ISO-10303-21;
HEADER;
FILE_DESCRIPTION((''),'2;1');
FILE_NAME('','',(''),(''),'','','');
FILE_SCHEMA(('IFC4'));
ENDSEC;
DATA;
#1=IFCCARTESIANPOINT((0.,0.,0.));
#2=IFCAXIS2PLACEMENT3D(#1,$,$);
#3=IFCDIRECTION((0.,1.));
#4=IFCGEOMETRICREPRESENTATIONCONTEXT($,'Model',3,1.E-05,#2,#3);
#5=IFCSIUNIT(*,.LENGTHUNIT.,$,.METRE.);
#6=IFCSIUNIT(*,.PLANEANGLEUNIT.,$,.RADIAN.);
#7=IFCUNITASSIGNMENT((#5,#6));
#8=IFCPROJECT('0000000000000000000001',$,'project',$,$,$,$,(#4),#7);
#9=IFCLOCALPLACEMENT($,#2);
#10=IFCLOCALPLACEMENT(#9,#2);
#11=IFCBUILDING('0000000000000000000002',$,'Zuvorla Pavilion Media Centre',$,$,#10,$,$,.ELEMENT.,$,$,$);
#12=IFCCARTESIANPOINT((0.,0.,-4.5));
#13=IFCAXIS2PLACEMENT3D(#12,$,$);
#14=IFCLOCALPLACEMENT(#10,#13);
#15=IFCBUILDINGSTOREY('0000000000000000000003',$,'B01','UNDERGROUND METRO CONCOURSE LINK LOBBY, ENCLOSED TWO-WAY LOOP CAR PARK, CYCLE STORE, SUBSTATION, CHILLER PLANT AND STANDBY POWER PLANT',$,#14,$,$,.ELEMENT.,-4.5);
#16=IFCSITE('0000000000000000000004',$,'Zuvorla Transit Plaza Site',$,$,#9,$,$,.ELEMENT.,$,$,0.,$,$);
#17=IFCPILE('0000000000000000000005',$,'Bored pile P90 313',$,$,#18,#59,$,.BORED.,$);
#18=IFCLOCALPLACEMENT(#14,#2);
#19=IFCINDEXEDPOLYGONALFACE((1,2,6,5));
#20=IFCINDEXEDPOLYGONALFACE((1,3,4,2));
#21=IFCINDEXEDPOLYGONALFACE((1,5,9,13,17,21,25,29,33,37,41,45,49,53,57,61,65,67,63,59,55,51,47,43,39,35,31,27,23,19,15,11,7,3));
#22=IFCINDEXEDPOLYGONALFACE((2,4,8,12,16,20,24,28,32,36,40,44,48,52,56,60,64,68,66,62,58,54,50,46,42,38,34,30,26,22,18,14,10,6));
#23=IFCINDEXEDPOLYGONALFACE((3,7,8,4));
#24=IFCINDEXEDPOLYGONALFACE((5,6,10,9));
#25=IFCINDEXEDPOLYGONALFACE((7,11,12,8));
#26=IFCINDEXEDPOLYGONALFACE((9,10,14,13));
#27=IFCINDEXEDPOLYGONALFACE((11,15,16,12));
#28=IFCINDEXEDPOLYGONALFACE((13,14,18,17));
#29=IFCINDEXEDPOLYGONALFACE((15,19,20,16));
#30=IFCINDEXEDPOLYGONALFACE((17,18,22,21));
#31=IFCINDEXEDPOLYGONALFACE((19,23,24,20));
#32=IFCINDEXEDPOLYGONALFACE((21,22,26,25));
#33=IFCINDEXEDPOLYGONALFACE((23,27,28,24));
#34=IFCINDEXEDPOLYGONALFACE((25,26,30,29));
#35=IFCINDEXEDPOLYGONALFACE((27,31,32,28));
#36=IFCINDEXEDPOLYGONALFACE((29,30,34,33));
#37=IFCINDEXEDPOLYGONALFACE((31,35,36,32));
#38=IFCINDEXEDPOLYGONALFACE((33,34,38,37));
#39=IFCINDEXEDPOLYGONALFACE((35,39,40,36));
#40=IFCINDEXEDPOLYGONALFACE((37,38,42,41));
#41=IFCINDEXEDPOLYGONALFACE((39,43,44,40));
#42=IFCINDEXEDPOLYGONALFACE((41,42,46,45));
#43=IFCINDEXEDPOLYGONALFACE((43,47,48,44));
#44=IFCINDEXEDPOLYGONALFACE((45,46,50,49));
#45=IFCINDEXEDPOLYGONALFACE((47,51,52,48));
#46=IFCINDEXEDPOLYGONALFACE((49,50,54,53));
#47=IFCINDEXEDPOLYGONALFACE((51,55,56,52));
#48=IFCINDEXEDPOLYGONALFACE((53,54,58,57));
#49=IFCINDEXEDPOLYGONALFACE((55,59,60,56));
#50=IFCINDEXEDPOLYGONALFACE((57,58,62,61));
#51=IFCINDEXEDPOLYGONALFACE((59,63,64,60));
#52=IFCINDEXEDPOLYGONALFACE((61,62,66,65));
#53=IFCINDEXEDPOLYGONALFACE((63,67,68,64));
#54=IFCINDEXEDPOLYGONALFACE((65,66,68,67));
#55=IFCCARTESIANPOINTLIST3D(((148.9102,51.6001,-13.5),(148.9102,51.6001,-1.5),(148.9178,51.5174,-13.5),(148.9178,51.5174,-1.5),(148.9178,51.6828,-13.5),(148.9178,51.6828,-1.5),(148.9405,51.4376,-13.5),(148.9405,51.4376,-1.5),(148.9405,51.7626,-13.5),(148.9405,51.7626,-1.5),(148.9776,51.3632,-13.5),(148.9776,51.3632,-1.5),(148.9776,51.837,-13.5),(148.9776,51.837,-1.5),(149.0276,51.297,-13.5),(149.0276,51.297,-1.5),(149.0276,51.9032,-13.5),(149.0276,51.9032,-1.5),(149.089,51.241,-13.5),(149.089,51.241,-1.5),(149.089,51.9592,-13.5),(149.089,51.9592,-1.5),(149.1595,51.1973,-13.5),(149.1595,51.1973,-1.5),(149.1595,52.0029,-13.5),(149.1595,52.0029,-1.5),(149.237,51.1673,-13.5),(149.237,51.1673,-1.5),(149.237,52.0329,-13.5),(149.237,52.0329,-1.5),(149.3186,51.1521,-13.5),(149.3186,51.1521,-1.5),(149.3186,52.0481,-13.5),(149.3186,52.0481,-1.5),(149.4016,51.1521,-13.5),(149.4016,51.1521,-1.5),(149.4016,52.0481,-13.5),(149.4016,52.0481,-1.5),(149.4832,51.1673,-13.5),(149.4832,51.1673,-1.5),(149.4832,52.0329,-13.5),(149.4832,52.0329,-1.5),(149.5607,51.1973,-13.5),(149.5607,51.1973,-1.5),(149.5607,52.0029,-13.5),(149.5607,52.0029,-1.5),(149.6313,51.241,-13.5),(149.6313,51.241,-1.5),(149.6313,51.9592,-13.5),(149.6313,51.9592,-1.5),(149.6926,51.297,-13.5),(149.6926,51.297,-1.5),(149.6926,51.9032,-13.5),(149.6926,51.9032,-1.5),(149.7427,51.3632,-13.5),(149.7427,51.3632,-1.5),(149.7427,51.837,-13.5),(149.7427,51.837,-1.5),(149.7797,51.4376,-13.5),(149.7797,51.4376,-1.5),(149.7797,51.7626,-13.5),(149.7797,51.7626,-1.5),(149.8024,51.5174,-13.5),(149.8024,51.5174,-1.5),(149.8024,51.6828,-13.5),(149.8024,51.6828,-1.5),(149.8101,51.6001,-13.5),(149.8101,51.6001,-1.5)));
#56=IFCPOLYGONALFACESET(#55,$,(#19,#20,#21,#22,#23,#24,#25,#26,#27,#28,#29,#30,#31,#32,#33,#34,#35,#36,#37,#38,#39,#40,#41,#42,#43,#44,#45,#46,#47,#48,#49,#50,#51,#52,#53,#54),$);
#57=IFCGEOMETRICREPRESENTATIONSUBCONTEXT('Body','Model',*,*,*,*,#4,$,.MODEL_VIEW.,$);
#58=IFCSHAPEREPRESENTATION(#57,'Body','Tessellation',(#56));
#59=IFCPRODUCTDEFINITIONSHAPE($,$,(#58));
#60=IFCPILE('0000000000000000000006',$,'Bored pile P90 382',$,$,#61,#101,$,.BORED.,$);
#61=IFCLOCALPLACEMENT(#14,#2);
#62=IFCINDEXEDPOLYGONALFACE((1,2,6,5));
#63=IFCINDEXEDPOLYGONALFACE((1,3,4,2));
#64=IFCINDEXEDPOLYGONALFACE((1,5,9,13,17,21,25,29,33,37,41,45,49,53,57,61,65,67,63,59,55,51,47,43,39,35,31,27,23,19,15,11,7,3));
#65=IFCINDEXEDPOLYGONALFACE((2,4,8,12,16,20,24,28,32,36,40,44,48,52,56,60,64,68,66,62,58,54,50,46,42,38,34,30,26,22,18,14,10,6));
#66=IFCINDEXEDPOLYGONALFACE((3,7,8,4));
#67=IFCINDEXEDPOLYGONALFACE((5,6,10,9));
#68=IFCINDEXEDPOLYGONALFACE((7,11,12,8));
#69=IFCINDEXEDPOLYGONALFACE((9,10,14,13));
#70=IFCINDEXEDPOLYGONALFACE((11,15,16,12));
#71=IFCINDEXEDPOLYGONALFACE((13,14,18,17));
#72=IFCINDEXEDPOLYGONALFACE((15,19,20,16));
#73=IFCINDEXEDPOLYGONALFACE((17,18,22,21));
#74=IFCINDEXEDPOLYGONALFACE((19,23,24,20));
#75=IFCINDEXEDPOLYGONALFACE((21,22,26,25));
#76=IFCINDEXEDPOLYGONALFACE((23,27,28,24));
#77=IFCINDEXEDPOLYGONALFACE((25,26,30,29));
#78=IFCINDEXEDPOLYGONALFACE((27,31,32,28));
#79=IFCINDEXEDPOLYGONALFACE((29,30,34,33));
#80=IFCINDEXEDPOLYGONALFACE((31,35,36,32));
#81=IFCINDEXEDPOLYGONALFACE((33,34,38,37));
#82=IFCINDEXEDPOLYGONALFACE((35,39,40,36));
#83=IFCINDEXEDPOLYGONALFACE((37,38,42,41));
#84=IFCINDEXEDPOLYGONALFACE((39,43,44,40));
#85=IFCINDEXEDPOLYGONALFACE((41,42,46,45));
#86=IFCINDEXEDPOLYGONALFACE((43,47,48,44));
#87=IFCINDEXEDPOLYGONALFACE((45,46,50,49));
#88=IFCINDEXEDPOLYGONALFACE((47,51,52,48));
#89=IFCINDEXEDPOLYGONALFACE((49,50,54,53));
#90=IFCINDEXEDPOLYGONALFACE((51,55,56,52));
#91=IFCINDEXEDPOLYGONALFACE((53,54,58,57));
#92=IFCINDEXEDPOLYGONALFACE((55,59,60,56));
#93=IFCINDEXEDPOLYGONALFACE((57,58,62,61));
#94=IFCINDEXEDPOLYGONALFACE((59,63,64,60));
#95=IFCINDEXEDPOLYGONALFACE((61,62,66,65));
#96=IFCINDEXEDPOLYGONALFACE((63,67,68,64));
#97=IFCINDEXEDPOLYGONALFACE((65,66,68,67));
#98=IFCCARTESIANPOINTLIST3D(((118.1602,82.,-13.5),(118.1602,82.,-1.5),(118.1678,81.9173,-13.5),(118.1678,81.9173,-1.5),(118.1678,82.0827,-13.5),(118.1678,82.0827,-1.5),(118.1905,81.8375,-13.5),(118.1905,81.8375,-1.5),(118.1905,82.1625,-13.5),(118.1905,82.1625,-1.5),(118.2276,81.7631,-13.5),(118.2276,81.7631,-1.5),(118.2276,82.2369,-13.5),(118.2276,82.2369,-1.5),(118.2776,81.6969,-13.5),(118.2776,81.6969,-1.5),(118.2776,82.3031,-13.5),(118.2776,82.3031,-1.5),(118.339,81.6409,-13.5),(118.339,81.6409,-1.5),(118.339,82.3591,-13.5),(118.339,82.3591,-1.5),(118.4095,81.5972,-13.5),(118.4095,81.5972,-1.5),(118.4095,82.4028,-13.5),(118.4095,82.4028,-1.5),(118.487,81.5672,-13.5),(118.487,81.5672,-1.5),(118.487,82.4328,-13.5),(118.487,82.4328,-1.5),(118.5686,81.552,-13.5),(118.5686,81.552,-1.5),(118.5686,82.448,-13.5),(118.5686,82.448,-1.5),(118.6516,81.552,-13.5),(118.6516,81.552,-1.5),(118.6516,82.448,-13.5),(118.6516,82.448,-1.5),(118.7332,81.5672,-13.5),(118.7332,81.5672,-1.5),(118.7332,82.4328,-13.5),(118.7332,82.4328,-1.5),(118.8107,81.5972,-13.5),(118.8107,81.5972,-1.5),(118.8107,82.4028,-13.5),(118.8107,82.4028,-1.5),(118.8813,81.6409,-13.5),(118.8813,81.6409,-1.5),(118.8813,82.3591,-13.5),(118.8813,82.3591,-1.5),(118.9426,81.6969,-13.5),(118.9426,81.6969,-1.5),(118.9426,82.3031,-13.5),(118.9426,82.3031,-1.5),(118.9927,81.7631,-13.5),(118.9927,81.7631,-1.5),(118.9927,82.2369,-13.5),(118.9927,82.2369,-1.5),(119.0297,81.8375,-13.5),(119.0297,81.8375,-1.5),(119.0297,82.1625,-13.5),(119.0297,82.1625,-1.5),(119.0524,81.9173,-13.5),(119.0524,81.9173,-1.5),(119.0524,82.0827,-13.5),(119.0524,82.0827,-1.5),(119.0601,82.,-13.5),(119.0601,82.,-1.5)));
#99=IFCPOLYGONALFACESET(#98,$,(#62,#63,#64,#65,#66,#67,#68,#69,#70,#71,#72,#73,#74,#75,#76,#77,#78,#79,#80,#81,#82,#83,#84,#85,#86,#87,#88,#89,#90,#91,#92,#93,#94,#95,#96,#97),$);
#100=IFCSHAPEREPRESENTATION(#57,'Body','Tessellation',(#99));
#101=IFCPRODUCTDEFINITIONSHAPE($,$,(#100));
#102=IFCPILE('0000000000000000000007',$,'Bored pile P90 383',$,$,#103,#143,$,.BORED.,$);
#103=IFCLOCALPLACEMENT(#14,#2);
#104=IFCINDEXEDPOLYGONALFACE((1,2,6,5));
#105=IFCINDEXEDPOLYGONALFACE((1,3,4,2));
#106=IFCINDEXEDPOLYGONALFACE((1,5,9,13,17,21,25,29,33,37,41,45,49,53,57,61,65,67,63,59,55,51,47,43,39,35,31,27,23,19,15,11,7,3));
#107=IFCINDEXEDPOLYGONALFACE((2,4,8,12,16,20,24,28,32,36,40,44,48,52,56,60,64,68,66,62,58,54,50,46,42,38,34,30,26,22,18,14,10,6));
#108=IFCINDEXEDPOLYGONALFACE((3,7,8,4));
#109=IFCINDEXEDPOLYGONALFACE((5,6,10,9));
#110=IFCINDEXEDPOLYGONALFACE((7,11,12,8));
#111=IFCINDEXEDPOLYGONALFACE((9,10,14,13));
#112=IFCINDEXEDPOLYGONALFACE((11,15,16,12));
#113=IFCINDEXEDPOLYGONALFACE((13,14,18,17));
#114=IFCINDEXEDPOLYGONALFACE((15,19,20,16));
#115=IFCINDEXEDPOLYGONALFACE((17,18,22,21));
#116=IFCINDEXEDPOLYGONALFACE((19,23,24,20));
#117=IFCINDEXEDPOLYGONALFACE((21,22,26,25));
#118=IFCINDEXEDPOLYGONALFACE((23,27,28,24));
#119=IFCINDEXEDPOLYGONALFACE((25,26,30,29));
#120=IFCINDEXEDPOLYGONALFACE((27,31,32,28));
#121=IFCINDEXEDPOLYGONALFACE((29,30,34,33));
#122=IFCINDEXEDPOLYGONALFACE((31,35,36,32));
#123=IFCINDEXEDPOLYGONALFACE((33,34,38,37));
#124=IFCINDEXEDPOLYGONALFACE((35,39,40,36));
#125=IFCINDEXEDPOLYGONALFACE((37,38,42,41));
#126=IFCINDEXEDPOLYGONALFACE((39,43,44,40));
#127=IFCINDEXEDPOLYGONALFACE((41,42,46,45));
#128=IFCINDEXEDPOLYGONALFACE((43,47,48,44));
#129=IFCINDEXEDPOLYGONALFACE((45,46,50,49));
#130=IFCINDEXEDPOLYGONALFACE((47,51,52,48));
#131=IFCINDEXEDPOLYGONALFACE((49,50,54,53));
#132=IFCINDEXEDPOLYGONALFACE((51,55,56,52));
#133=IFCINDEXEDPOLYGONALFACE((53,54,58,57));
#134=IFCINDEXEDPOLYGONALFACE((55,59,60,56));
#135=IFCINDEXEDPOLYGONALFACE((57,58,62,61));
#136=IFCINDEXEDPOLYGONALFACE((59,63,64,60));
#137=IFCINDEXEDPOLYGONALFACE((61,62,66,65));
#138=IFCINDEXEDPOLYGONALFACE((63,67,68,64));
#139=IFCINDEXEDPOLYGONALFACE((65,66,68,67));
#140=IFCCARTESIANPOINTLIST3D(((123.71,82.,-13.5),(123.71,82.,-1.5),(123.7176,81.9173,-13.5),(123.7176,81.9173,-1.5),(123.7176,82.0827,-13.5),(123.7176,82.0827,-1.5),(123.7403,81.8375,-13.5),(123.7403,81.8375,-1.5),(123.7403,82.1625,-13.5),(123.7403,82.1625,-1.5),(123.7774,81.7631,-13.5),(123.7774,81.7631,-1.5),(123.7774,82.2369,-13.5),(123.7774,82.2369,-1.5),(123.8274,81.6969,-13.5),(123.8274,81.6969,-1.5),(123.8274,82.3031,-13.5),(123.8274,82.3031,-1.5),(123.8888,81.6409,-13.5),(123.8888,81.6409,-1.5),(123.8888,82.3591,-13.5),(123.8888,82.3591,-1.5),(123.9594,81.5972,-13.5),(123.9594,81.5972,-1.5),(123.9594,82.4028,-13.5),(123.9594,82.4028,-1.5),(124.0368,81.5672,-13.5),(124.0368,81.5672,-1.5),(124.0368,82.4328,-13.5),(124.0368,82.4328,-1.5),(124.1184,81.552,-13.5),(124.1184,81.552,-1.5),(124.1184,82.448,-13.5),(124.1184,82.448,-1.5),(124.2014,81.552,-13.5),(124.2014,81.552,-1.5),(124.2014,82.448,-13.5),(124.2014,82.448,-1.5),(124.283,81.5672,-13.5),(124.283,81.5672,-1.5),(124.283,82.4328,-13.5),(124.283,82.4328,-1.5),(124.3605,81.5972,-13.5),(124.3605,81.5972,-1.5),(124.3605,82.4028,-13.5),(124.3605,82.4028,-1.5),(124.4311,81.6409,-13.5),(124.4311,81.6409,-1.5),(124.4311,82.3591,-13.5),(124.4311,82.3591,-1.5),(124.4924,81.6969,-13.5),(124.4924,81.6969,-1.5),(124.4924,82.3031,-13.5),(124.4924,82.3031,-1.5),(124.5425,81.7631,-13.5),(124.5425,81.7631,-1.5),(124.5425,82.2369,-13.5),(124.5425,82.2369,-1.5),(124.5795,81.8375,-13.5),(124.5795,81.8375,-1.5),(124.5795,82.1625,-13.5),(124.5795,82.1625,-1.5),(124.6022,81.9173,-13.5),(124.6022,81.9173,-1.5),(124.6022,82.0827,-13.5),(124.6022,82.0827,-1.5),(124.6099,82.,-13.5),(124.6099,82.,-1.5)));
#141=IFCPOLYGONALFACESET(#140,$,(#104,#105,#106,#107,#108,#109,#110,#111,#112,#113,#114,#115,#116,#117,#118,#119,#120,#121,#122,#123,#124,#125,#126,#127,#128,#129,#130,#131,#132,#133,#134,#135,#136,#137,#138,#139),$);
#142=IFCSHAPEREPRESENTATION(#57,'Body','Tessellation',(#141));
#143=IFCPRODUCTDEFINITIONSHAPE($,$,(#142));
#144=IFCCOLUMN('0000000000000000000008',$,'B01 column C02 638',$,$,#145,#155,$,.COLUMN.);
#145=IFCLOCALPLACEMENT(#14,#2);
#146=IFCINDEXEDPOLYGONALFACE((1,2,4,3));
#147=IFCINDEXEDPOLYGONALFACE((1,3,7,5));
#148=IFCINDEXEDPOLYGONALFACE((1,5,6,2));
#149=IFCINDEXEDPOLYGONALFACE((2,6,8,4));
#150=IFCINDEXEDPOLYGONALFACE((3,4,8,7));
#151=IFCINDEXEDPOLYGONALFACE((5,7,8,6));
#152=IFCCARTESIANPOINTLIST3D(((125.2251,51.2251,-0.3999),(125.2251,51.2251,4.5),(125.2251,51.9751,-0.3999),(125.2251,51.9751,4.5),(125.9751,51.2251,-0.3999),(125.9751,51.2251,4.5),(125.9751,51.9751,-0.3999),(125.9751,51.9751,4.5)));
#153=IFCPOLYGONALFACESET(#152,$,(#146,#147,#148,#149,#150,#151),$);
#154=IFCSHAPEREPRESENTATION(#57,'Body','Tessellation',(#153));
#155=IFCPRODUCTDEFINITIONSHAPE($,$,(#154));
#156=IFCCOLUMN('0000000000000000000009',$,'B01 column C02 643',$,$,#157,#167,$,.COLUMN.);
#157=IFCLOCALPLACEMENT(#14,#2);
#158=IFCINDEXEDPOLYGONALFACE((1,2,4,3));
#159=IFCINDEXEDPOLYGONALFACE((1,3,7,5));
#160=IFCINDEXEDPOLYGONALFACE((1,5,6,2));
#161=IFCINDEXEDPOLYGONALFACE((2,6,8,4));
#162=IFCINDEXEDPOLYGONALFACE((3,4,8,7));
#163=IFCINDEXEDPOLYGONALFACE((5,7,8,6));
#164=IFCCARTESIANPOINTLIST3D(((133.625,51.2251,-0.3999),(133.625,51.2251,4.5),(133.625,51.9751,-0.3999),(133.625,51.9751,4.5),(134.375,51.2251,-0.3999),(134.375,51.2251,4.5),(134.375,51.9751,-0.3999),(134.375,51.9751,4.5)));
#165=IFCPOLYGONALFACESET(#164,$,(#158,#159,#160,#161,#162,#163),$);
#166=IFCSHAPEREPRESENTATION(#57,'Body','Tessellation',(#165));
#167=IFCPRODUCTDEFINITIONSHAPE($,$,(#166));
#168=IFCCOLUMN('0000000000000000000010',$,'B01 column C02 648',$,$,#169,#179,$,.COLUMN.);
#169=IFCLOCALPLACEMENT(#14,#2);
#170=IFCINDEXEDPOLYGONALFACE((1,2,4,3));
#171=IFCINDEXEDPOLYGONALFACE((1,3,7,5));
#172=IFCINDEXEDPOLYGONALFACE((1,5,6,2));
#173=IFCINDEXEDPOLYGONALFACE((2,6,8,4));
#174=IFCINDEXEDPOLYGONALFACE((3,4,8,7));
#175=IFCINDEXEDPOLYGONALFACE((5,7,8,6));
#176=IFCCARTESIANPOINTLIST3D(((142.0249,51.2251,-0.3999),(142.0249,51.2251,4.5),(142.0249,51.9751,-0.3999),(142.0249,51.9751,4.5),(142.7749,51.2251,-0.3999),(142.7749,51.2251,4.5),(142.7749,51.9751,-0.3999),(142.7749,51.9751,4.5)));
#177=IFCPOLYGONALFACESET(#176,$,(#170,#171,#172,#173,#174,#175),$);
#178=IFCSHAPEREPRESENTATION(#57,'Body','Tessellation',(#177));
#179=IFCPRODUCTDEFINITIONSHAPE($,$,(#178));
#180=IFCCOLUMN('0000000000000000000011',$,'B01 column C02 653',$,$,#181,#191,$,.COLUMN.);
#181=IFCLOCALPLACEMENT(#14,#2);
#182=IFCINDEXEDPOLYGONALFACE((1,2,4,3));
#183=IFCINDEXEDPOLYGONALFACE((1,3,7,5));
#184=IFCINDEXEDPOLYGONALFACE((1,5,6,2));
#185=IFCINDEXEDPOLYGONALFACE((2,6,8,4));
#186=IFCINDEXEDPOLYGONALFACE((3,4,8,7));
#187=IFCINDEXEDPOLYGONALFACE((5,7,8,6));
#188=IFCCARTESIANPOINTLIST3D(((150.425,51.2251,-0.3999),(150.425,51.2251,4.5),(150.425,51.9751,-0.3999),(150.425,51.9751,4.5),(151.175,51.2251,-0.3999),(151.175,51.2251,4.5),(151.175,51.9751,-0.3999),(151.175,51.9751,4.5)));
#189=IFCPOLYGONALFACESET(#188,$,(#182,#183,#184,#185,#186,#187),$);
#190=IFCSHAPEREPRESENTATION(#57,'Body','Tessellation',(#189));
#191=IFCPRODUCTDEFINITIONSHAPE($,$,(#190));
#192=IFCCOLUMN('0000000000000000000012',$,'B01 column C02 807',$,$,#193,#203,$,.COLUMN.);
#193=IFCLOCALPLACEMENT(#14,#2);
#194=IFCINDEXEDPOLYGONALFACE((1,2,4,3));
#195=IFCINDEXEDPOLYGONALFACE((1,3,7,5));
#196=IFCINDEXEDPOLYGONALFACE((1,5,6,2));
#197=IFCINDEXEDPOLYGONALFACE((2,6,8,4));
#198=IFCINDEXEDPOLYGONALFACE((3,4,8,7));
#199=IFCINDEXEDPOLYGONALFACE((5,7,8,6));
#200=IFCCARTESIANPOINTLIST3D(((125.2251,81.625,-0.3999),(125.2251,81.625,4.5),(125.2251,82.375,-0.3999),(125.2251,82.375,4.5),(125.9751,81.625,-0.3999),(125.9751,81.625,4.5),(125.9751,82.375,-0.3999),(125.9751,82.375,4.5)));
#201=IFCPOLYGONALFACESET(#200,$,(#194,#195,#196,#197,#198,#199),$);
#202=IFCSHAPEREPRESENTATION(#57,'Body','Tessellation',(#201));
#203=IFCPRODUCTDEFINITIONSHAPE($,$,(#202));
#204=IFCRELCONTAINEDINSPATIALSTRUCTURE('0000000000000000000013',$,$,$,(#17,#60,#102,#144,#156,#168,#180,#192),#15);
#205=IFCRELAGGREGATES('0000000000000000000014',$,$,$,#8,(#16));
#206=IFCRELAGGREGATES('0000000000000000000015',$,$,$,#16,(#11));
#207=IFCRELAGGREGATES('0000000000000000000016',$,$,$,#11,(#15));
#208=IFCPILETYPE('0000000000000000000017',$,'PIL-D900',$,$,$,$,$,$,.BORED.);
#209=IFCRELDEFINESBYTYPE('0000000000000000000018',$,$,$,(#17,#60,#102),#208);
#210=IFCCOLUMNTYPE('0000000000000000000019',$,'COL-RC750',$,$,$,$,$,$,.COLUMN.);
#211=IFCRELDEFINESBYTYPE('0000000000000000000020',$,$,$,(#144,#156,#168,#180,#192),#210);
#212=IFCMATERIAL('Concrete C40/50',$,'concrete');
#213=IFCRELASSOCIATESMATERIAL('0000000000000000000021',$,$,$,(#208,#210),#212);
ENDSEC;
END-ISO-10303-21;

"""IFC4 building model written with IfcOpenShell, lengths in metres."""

from ifc_helpers import new_model, si_unit, direction, frame, origin, origin_2d, place, context, subcontext, project, spatial, rectangle, circle, extrude, material, material_profile, profile_set, type_object, element, save


model = new_model("IFC4")

# Units and contexts
model_context = context("Model", 3, precision=1e-05, world=origin(), true_north=direction((0.0, 1.0)))
body_context = subcontext(model_context, "Body", "Model", "MODEL_VIEW")
ifc_project = project(units=[si_unit("LENGTHUNIT", "METRE"), si_unit("PLANEANGLEUNIT", "RADIAN")], contexts=[model_context])

# Site, building, storey
site_placement = place(None, origin())
site = spatial("IfcSite", under=ifc_project, at=site_placement, Name="Zuvorla Transit Plaza Site", CompositionType="ELEMENT", RefElevation=0.0)
building_placement = place(site_placement, origin())
building = spatial("IfcBuilding", under=site, at=building_placement, Name="Zuvorla Pavilion Media Centre", CompositionType="ELEMENT")
storey_placement = place(building_placement, frame((0.0, 0.0, -4.5)))
storey = spatial("IfcBuildingStorey", under=building, at=storey_placement, Name="B01", Description="UNDERGROUND METRO CONCOURSE LINK LOBBY, ENCLOSED TWO-WAY LOOP CAR PARK, CYCLE STORE, SUBSTATION, CHILLER PLANT AND STANDBY POWER PLANT", CompositionType="ELEMENT", Elevation=-4.5)

# Shared definitions
ifc_material = material(Name="Concrete C40/50", Category="concrete")

# Piles
ifc_material_profile_1 = material_profile(ifc_material, circle(Radius=0.45, at=origin_2d()), Name="BORED PILE 900")
ifc_profile_set_1 = profile_set([ifc_material_profile_1], Name="Concrete C40/50")
pile_type = type_object("IfcPileType", Name="PIL-D900", PredefinedType="BORED", material=ifc_profile_set_1)
for number, where, z_axis, x_axis, name in (
    (1, (149.3601, 51.6001, -1.5), (0.0, 0.0, -1.0), (1.0, 0.0, 0.0), "Bored pile P90 313"),
    (2, (118.6101, 82.0, -1.5), (0.0, 0.0, -1.0), (1.0, 0.0, 0.0), "Bored pile P90 382"),
    (3, (124.1599, 82.0, -1.5), (0.0, 0.0, -1.0), (1.0, 0.0, 0.0), "Bored pile P90 383"),
):
    element("IfcPile", number, at=place(storey_placement, frame(where, z_axis=z_axis, x_axis=x_axis)), inside=storey, type_object=pile_type, Name=name, PredefinedType="BORED", context=body_context, shape_type="SweptSolid", body=[
        extrude(circle(Radius=0.45, at=origin_2d()), origin(), (0.0, 0.0, 1.0), 12.0),
    ])

# Columns
ifc_material_profile_2 = material_profile(ifc_material, rectangle(XDim=0.75, YDim=0.75, at=origin_2d()), Name="RC 750x750")
ifc_profile_set_2 = profile_set([ifc_material_profile_2], Name="Concrete C40/50")
column_type = type_object("IfcColumnType", Name="COL-RC750", PredefinedType="COLUMN", material=ifc_profile_set_2)
for number, where, z_axis, x_axis, name in (
    (4, (125.6001, 51.6001, -0.3999), (0.0, 0.0, 1.0), (1.0, 0.0, 0.0), "B01 column C02 638"),
    (5, (134.0, 51.6001, -0.3999), (0.0, 0.0, 1.0), (1.0, 0.0, 0.0), "B01 column C02 643"),
    (6, (142.3999, 51.6001, -0.3999), (0.0, 0.0, 1.0), (1.0, 0.0, 0.0), "B01 column C02 648"),
    (7, (150.8, 51.6001, -0.3999), (0.0, 0.0, 1.0), (1.0, 0.0, 0.0), "B01 column C02 653"),
    (8, (125.6001, 82.0, -0.3999), (0.0, 0.0, 1.0), (1.0, 0.0, 0.0), "B01 column C02 807"),
):
    element("IfcColumn", number, at=place(storey_placement, frame(where, z_axis=z_axis, x_axis=x_axis)), inside=storey, type_object=column_type, Name=name, PredefinedType="COLUMN", context=body_context, shape_type="SweptSolid", body=[
        extrude(rectangle(XDim=0.75, YDim=0.75, at=origin_2d()), origin(), (0.0, 0.0, 1.0), 4.8999),
    ])

save(model, "model.ifc")
